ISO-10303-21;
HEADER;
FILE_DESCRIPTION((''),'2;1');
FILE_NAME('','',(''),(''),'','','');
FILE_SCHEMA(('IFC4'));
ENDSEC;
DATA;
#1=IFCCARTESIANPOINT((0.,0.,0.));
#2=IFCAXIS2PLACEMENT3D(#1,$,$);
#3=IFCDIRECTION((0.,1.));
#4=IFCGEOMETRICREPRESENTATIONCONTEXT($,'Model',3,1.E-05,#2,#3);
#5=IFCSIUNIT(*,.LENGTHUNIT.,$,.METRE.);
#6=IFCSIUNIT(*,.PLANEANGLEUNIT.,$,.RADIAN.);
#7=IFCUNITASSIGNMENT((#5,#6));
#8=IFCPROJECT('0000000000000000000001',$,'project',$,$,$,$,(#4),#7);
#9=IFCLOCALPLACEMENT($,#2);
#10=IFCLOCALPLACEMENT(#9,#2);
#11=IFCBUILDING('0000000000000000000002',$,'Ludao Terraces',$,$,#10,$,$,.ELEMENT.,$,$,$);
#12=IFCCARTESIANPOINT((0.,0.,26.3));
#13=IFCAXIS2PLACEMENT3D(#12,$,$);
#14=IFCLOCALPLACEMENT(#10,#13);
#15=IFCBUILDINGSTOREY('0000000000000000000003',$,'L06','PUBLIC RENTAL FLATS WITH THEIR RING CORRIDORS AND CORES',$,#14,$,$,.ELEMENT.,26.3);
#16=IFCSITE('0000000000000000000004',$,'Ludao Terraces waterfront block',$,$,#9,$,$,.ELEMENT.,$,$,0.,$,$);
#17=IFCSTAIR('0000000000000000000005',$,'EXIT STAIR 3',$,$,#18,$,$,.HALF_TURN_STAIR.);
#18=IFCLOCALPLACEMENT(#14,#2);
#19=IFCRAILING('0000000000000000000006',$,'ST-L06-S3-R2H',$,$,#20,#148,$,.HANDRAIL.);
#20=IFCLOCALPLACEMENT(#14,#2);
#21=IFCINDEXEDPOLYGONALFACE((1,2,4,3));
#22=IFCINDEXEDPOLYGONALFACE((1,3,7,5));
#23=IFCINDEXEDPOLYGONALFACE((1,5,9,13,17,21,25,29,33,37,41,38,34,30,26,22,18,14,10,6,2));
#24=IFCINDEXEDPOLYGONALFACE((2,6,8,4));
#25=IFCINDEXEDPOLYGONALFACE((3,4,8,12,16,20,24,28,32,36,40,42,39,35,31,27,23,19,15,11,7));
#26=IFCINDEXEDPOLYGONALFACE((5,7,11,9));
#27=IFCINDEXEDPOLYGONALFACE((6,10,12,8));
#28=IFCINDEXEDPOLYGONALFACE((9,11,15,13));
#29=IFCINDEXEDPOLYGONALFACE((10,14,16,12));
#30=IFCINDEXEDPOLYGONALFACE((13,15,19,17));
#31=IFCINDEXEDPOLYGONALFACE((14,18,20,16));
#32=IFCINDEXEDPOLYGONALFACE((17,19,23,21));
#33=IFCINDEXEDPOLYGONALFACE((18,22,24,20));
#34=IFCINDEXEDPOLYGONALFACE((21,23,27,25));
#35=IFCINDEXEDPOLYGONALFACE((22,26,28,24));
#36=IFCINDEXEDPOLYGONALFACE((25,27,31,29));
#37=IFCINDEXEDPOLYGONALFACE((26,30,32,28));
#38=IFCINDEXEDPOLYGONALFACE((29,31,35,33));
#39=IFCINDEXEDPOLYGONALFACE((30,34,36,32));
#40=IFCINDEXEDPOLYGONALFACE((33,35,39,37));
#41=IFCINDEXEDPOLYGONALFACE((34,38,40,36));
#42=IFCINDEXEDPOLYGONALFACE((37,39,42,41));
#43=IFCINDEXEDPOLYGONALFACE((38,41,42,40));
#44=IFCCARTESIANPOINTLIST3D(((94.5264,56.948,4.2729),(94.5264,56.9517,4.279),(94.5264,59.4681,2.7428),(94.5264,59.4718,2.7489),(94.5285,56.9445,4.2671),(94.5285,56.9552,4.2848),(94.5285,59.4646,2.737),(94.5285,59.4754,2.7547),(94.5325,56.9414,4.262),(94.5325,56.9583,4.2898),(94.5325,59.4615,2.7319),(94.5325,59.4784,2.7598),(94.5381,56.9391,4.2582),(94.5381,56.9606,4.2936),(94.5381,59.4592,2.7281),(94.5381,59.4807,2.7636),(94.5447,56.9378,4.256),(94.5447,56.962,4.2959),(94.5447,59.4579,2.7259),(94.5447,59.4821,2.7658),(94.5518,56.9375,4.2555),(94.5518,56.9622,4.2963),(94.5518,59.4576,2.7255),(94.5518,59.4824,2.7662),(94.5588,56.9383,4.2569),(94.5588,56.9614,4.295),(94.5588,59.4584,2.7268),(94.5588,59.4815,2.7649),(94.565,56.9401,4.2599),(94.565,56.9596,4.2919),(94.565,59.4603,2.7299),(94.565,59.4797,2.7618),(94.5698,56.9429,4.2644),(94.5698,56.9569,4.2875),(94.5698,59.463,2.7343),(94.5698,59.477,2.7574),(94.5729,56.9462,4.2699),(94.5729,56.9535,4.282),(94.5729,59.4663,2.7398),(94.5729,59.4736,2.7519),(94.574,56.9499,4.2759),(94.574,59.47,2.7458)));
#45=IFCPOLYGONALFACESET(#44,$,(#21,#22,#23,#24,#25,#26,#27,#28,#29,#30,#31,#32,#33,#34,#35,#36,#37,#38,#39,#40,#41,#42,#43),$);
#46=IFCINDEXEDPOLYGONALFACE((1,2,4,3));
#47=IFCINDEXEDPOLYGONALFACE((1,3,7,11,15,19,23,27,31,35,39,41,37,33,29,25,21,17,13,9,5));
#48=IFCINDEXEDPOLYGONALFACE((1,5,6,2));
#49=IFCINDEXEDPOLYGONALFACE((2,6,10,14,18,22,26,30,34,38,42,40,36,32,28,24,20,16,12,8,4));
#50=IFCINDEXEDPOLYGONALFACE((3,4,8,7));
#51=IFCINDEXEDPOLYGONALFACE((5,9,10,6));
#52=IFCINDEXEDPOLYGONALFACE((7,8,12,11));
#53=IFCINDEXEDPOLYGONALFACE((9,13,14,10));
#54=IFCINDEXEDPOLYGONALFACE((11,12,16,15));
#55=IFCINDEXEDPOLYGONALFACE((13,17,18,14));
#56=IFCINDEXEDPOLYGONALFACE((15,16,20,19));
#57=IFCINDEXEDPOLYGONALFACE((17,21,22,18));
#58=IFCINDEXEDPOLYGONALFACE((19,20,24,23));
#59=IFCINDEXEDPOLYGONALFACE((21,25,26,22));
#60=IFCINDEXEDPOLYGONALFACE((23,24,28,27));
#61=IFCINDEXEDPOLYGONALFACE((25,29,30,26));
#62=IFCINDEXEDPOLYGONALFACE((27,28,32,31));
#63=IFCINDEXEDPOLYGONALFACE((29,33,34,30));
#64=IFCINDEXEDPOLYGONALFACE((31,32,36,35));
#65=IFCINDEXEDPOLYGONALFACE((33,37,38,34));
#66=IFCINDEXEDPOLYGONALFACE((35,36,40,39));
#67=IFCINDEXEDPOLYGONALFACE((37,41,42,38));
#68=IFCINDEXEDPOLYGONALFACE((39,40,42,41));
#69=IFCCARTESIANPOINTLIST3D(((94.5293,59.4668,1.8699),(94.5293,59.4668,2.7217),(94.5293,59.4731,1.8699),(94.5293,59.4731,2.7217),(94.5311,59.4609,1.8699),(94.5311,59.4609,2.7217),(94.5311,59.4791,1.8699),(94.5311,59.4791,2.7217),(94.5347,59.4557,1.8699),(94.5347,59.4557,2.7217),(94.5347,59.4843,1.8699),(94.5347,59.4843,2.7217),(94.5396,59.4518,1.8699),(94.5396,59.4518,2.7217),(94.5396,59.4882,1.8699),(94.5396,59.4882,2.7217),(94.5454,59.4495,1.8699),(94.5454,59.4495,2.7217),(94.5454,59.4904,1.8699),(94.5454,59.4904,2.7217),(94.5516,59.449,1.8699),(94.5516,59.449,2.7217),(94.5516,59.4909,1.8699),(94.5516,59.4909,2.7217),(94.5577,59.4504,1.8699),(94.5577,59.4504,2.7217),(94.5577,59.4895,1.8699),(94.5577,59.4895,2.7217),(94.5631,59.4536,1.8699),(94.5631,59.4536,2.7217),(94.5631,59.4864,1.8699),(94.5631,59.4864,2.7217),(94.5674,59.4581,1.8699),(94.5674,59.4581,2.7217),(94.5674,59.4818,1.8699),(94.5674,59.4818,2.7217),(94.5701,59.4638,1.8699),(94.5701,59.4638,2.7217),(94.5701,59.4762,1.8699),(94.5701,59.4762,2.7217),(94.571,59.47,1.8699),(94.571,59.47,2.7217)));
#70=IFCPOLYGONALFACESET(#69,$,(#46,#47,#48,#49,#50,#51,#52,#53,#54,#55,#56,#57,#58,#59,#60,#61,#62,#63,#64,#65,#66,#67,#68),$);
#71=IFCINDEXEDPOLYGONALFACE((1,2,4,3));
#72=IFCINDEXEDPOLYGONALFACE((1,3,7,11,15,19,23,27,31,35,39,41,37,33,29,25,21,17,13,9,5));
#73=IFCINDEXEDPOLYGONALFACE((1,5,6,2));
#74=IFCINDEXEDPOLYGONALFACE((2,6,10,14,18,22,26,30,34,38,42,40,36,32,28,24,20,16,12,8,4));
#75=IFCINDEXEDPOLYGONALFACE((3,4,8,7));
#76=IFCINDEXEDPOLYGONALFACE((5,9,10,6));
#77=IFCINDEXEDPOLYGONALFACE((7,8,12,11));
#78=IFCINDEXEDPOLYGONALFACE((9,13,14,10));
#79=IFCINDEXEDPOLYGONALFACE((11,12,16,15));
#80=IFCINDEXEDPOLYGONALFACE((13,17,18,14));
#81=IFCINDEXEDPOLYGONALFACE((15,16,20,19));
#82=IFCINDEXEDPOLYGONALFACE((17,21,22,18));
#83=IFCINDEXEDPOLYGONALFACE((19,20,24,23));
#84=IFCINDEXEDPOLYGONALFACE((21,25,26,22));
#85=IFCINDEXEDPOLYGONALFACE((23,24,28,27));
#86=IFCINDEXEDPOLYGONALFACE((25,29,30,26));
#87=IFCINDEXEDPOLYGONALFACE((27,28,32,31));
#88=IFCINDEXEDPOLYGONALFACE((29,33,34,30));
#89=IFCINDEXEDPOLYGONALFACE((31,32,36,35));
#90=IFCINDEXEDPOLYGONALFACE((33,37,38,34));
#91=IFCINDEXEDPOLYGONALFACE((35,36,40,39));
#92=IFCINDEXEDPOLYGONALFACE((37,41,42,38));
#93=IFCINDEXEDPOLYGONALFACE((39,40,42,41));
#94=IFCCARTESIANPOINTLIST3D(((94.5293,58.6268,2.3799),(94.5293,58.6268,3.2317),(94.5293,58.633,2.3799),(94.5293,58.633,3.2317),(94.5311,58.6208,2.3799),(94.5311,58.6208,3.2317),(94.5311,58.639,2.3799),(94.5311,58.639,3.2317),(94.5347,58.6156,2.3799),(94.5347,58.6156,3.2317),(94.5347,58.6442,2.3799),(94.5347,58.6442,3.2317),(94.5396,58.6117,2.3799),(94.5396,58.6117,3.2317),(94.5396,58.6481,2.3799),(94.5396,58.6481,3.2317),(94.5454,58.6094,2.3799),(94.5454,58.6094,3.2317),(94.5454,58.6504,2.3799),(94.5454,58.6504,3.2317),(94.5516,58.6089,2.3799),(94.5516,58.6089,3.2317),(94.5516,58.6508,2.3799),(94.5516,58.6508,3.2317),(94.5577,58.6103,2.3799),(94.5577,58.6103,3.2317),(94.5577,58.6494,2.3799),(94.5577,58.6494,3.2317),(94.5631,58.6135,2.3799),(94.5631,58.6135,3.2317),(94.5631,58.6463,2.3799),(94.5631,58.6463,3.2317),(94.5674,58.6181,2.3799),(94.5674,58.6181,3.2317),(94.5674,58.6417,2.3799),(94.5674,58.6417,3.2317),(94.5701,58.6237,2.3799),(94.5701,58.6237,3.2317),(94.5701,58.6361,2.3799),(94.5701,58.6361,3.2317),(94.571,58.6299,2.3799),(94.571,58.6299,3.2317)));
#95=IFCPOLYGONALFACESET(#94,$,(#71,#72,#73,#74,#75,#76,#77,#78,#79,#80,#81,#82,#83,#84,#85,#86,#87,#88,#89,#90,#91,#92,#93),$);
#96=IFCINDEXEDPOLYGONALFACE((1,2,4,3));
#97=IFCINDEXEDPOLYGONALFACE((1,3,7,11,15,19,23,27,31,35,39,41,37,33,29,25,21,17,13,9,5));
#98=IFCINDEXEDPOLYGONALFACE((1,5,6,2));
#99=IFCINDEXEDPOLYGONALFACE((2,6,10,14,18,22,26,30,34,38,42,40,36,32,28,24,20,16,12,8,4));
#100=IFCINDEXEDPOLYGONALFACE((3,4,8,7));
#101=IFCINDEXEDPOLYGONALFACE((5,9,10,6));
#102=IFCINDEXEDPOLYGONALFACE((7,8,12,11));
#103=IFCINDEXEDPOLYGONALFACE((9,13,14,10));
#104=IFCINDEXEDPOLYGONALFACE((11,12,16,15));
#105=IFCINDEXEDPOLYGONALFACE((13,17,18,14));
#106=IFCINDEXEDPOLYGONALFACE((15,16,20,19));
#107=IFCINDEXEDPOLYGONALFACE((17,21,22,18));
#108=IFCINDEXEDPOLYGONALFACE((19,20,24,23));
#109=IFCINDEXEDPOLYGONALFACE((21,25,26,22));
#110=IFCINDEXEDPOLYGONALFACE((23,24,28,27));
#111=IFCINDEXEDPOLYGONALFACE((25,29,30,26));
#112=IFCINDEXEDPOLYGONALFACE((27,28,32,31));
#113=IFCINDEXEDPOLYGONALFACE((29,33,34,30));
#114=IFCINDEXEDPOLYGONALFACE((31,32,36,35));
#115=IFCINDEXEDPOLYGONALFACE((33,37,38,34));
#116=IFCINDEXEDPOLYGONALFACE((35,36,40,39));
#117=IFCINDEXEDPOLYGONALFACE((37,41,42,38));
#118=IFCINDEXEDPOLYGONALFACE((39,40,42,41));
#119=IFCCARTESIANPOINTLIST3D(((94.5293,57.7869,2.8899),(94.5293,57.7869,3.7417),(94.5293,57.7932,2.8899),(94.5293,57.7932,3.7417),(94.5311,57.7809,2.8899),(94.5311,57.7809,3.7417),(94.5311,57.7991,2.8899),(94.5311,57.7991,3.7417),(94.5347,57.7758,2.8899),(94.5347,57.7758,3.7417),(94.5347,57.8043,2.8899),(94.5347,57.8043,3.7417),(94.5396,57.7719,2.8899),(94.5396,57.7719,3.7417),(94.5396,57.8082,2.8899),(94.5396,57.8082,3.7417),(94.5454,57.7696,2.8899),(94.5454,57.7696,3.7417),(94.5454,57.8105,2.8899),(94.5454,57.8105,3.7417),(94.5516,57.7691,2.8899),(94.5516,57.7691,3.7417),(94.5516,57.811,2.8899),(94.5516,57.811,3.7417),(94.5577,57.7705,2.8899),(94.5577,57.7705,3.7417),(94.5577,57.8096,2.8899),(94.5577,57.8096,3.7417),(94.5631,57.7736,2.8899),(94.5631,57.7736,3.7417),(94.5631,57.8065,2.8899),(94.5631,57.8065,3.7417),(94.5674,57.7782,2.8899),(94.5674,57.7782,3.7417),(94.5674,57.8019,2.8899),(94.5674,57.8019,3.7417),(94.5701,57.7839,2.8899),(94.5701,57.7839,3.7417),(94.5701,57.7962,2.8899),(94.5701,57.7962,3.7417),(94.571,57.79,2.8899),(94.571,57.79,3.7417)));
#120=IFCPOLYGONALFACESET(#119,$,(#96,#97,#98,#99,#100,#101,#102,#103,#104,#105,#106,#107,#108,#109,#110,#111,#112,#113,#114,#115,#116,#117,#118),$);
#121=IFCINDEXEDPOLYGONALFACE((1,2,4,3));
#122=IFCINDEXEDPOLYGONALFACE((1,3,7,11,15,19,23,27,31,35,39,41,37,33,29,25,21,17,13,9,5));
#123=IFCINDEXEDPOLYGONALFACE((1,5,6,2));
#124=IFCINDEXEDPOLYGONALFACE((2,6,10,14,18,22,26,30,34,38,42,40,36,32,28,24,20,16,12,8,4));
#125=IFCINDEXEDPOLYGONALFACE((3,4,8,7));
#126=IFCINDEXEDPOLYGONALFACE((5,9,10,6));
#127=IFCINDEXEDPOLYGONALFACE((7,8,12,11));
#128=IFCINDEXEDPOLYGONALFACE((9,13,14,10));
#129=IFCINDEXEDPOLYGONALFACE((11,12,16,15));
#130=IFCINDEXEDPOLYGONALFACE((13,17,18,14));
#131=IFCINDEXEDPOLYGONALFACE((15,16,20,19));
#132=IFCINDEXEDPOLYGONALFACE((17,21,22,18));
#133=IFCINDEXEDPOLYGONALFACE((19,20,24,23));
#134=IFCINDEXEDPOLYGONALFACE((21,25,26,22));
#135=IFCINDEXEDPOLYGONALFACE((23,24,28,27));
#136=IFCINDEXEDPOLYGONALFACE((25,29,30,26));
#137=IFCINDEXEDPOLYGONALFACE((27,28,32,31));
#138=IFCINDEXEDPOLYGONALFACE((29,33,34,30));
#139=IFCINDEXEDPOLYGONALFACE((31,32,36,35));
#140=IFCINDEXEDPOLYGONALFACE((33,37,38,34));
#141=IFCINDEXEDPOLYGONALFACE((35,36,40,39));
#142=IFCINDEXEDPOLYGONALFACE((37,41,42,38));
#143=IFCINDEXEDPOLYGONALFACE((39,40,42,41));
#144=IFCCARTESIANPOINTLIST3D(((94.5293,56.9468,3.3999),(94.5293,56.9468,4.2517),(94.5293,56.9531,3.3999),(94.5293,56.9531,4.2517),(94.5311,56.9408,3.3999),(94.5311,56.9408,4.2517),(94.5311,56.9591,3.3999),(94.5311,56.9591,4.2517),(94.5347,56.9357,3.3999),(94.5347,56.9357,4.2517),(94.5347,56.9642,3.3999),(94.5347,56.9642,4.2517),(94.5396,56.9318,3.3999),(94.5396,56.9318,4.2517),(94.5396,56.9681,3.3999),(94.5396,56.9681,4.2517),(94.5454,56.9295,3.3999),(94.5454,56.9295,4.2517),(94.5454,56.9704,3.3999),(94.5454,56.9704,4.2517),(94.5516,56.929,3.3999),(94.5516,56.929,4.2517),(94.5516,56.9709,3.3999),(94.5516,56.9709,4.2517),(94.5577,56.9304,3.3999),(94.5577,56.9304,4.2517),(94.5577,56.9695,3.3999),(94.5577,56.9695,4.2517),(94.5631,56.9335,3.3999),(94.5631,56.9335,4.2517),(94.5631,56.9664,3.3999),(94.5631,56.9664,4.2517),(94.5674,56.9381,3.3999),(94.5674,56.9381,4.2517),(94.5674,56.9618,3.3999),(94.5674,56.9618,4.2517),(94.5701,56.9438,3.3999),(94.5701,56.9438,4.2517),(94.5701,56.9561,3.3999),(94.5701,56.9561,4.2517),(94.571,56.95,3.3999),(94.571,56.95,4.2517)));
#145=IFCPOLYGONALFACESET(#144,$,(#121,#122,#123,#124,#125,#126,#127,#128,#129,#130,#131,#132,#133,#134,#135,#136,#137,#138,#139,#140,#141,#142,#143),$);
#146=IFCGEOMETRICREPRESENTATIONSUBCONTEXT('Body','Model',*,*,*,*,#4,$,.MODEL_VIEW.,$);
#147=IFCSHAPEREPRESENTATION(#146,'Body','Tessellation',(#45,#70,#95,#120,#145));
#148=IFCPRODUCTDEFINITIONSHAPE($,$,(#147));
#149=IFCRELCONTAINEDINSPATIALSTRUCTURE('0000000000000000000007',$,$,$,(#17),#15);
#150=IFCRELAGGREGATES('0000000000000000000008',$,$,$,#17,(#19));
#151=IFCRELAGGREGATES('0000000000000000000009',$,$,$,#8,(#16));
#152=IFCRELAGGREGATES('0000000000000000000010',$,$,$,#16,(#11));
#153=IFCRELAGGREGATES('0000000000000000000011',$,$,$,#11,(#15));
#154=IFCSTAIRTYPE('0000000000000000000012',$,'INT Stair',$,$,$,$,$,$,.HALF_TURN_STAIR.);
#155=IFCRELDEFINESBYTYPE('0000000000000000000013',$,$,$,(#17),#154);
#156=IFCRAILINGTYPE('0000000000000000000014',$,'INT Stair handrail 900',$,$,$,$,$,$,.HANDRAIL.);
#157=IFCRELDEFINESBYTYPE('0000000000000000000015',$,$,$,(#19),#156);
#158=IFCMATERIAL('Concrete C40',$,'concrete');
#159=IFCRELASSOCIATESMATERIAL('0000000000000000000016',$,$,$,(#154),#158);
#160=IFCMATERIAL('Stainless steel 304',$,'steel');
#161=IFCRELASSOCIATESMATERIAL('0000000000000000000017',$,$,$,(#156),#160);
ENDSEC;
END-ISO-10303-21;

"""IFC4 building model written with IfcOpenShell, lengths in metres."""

from ifc_helpers import new_model, si_unit, direction, frame, origin, origin_2d, place, context, subcontext, project, spatial, circle, extrude, material, type_object, element, aggregate, save


model = new_model("IFC4")

# Units and contexts
model_context = context("Model", 3, precision=1e-05, world=origin(), true_north=direction((0.0, 1.0)))
body_context = subcontext(model_context, "Body", "Model", "MODEL_VIEW")
ifc_project = project(units=[si_unit("LENGTHUNIT", "METRE"), si_unit("PLANEANGLEUNIT", "RADIAN")], contexts=[model_context])

# Site, building, storey
site_placement = place(None, origin())
site = spatial("IfcSite", under=ifc_project, at=site_placement, Name="Ludao Terraces waterfront block", CompositionType="ELEMENT", RefElevation=0.0)
building_placement = place(site_placement, origin())
building = spatial("IfcBuilding", under=site, at=building_placement, Name="Ludao Terraces", CompositionType="ELEMENT")
storey_placement = place(building_placement, frame((0.0, 0.0, 26.3)))
storey = spatial("IfcBuildingStorey", under=building, at=storey_placement, Name="L06", Description="PUBLIC RENTAL FLATS WITH THEIR RING CORRIDORS AND CORES", CompositionType="ELEMENT", Elevation=26.3)

# Stair, railing
ifc_material_1 = material(Name="Concrete C40", Category="concrete")
stair_type = type_object("IfcStairType", Name="INT Stair", PredefinedType="HALF_TURN_STAIR", material=ifc_material_1)
stair_placement = place(storey_placement, origin())
stair = element("IfcStair", 1, at=stair_placement, inside=storey, type_object=stair_type, Name="EXIT STAIR 3", PredefinedType="HALF_TURN_STAIR")
ifc_material_2 = material(Name="Stainless steel 304", Category="steel")
railing_type_1 = type_object("IfcRailingType", Name="INT Stair handrail 900", PredefinedType="HANDRAIL", material=ifc_material_2)
railing_1_placement = place(storey_placement, frame((94.55, 59.47, 1.8699)))
railing_1 = element("IfcRailing", 2, at=railing_1_placement, type_object=railing_type_1, Name="ST-L06-S3-R2H", PredefinedType="HANDRAIL", context=body_context, shape_type="SweptSolid", body=[
    extrude(circle(Radius=0.0239, at=origin_2d()), frame((0.0, 0.0, 0.876), z_axis=(0.0, -0.854785, 0.518982), x_axis=(1.0, 0.0, 0.0)), (0.0, 0.0, 1.0), 2.9482),
    extrude(circle(Radius=0.021, at=origin_2d()), origin(), (0.0, 0.0, 1.0), 0.8518),
    extrude(circle(Radius=0.021, at=origin_2d()), frame((0.0, -0.8401, 0.51)), (0.0, 0.0, 1.0), 0.8518),
    extrude(circle(Radius=0.021, at=origin_2d()), frame((0.0, -1.6799, 1.02)), (0.0, 0.0, 1.0), 0.8518),
    extrude(circle(Radius=0.021, at=origin_2d()), frame((0.0, -2.52, 1.53)), (0.0, 0.0, 1.0), 0.8518),
])
aggregate(stair, [railing_1])

save(model, "model.ifc")
